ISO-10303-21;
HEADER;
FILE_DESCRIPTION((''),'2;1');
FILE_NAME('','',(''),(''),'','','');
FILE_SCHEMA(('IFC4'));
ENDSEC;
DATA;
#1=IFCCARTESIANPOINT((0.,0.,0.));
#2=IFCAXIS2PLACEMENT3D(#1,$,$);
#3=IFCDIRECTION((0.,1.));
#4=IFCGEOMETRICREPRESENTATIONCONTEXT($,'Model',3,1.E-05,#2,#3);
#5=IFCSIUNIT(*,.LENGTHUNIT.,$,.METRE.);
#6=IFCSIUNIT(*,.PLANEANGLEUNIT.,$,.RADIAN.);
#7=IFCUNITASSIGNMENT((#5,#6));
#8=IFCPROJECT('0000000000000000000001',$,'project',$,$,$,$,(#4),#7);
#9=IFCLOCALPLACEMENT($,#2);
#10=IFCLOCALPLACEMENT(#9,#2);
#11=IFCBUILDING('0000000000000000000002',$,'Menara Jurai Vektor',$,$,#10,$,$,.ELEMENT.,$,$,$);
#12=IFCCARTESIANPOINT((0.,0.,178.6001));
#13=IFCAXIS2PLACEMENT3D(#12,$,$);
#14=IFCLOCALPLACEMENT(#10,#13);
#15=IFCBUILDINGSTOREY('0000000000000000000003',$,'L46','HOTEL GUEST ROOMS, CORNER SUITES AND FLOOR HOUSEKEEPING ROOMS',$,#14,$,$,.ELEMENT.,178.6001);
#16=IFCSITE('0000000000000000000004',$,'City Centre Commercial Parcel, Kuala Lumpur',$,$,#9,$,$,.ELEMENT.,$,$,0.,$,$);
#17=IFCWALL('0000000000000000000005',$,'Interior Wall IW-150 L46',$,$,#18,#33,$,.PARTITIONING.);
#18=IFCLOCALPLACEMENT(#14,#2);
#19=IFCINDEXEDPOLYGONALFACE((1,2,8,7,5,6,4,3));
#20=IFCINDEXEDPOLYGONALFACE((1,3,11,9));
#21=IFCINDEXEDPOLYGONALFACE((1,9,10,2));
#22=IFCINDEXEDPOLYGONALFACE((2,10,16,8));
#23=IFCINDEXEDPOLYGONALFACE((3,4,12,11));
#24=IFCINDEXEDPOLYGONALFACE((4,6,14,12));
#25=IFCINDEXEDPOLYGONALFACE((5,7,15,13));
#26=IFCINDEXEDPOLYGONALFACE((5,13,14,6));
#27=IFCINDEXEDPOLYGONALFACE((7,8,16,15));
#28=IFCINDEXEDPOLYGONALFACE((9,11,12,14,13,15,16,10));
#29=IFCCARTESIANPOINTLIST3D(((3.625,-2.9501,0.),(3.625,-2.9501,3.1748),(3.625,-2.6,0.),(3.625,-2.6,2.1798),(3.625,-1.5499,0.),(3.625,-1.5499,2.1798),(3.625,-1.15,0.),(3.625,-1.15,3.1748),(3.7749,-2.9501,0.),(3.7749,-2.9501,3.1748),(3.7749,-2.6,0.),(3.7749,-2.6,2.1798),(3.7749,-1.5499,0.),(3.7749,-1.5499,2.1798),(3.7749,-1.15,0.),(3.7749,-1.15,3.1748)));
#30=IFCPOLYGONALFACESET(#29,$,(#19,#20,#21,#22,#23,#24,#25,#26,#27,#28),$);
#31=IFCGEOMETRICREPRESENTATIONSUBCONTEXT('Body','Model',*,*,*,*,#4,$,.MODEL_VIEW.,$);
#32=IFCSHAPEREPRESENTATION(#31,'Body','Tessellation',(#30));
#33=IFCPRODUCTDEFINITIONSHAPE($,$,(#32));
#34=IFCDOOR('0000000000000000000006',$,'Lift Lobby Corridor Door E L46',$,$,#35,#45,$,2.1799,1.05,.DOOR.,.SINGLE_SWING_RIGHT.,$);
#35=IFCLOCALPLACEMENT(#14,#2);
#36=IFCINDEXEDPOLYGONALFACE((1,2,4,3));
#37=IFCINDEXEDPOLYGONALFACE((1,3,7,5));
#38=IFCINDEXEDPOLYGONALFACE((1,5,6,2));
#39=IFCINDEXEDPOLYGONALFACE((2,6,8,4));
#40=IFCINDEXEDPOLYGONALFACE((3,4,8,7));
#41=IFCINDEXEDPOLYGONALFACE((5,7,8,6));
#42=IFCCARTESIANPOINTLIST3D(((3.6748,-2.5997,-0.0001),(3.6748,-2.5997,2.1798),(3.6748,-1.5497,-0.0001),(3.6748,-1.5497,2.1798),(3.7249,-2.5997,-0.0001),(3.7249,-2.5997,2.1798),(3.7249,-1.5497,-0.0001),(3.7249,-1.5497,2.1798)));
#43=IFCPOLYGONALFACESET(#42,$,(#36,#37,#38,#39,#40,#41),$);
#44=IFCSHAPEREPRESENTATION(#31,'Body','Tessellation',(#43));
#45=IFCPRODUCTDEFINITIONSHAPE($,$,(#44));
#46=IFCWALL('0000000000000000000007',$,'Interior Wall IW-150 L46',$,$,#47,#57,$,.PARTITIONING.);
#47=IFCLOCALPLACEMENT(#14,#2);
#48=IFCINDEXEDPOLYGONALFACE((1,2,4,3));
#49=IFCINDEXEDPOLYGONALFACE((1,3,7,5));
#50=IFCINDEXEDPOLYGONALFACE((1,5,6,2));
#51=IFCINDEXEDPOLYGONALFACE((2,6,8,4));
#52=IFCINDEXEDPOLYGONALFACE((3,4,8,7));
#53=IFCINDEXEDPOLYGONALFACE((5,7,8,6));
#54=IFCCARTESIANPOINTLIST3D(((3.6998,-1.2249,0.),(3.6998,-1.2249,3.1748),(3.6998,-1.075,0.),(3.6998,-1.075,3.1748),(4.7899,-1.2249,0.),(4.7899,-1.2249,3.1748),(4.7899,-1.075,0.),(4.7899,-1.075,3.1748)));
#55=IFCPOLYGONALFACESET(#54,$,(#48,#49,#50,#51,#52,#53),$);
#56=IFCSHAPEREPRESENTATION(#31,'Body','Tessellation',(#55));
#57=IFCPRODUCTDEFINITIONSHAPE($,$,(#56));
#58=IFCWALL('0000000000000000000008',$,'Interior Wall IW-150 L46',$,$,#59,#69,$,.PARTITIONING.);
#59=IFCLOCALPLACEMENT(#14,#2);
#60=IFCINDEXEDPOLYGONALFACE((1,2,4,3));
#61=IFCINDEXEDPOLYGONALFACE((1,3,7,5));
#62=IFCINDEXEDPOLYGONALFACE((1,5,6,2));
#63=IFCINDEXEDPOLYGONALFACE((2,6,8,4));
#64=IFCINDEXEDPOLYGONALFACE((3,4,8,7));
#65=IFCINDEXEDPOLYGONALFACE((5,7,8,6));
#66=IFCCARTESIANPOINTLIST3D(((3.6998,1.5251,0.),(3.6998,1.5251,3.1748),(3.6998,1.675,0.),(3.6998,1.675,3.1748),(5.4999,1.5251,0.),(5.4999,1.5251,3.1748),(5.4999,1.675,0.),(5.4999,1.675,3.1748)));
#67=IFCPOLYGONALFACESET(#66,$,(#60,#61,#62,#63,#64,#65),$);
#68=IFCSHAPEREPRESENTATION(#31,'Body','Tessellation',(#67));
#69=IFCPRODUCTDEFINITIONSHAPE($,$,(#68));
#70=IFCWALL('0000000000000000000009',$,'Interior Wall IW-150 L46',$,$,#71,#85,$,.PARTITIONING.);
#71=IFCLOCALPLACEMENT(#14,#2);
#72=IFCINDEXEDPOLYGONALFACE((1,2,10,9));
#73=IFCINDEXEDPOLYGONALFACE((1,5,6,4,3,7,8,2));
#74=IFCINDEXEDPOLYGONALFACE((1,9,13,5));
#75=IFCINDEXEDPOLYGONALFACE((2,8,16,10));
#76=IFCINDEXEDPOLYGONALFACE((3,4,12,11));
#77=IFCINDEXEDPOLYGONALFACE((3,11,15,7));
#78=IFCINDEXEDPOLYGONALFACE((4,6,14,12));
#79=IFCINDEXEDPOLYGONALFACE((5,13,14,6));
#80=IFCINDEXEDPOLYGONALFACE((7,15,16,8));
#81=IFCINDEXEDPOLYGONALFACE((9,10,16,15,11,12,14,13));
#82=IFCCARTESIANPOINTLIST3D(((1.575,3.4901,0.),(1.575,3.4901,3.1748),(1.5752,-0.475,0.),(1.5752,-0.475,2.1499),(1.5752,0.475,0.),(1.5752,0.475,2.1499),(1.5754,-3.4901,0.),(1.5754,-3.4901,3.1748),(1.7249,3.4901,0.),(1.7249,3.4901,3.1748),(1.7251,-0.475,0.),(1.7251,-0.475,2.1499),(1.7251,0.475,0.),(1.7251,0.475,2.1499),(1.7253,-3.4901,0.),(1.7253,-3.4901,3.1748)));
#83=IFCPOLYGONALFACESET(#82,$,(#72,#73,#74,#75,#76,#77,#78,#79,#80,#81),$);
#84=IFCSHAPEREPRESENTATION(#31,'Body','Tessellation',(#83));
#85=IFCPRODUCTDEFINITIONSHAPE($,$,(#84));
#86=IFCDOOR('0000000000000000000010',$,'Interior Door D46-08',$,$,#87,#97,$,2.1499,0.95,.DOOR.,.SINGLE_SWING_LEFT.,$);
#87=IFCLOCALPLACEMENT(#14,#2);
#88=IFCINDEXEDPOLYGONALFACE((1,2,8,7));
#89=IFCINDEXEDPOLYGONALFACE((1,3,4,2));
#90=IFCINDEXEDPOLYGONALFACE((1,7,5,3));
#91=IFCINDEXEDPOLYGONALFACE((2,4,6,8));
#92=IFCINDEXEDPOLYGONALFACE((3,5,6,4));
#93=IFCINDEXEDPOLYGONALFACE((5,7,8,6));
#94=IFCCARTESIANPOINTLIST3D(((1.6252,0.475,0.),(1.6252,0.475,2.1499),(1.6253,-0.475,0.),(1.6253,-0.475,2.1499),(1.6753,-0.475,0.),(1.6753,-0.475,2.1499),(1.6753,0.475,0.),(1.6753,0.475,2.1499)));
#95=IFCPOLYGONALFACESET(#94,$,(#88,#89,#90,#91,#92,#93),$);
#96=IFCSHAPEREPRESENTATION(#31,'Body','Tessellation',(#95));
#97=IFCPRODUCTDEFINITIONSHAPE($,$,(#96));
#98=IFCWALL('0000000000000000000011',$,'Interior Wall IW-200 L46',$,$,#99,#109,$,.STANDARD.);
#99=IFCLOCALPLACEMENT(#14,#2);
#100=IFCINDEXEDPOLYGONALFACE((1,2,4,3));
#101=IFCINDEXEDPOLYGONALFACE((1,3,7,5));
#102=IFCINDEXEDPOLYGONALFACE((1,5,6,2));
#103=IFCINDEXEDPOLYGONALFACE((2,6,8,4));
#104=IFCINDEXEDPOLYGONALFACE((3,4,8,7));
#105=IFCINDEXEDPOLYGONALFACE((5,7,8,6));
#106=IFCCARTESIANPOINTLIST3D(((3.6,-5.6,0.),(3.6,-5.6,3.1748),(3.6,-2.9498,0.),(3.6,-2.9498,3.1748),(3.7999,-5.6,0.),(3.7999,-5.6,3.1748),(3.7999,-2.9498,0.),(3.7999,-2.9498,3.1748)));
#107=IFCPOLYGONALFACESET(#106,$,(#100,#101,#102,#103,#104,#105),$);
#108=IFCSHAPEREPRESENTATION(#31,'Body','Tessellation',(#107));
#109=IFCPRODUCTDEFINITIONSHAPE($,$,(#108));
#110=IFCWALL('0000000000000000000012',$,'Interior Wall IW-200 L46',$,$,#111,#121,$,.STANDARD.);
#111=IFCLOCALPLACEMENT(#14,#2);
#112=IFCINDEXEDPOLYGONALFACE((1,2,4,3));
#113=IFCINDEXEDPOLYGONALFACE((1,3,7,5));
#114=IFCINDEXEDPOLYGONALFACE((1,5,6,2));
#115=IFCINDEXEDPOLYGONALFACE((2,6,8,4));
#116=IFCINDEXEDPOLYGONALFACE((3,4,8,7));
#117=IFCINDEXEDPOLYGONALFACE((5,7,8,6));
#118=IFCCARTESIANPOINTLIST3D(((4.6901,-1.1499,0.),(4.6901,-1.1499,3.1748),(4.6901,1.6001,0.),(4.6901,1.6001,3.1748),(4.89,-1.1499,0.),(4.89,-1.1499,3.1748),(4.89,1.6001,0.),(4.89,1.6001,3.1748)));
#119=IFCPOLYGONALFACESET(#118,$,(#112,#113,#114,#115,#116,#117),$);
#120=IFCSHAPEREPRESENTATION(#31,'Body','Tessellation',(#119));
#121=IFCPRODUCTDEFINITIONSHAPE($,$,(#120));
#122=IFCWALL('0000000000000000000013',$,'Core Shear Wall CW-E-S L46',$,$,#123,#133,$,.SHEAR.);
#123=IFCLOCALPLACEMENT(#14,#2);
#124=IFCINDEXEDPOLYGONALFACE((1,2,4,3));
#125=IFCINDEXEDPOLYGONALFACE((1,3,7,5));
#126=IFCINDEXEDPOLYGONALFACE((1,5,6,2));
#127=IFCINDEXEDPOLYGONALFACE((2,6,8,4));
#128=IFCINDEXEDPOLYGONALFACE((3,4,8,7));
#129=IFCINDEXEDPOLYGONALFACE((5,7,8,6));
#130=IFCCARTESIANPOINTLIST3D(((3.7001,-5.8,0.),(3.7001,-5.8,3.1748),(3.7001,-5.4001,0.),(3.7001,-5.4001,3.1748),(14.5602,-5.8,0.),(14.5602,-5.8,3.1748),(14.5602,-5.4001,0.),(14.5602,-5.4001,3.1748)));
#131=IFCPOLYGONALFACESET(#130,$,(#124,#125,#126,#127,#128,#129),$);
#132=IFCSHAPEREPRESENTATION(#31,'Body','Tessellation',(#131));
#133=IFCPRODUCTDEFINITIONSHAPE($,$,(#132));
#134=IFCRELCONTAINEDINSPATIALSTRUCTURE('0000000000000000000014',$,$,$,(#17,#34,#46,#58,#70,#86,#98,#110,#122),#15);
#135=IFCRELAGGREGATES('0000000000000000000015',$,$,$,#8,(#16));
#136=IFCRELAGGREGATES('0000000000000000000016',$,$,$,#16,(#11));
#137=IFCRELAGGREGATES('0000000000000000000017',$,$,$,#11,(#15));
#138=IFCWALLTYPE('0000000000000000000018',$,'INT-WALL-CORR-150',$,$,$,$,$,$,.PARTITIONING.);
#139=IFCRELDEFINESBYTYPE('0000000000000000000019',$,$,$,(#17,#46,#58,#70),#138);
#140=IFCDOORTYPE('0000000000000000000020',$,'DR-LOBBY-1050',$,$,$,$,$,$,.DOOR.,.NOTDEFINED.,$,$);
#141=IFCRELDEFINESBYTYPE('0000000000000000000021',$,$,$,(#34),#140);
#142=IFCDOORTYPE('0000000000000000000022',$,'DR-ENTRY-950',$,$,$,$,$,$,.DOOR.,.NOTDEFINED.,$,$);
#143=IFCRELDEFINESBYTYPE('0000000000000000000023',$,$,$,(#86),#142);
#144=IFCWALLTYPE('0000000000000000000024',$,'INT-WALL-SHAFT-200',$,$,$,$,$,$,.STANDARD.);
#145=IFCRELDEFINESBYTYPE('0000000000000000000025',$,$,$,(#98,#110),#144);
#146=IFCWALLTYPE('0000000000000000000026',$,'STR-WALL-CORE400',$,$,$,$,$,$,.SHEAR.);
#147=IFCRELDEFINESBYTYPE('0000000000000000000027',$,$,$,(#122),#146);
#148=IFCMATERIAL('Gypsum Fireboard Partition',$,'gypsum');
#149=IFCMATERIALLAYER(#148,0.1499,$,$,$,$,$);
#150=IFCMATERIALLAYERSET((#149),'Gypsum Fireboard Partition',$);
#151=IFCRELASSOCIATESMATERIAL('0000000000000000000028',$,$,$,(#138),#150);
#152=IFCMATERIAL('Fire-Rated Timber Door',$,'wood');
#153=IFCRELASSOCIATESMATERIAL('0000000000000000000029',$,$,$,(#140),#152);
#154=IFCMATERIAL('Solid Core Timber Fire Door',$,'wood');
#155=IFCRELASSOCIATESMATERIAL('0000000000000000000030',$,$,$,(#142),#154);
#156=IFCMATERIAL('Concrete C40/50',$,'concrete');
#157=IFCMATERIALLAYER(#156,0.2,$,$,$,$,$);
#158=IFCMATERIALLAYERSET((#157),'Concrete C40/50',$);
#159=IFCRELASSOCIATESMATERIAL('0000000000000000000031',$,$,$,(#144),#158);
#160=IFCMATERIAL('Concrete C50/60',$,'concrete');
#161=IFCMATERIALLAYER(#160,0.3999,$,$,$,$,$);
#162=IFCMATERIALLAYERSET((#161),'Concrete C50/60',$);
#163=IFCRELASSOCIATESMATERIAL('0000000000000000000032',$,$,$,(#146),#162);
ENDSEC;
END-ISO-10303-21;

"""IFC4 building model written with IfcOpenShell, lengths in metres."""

from ifc_helpers import new_model, si_unit, direction, frame, frame_2d, origin, place, context, subcontext, project, spatial, rectangle, extrude, material, layer, layer_set, type_object, element, fill, save


model = new_model("IFC4")

# Units and contexts
model_context = context("Model", 3, precision=1e-05, world=origin(), true_north=direction((0.0, 1.0)))
body_context = subcontext(model_context, "Body", "Model", "MODEL_VIEW")
ifc_project = project(units=[si_unit("LENGTHUNIT", "METRE"), si_unit("PLANEANGLEUNIT", "RADIAN")], contexts=[model_context])

# Site, building, storey
site_placement = place(None, origin())
site = spatial("IfcSite", under=ifc_project, at=site_placement, Name="City Centre Commercial Parcel, Kuala Lumpur", CompositionType="ELEMENT", RefElevation=0.0)
building_placement = place(site_placement, origin())
building = spatial("IfcBuilding", under=site, at=building_placement, Name="Menara Jurai Vektor", CompositionType="ELEMENT")
storey_placement = place(building_placement, frame((0.0, 0.0, 178.6001)))
storey = spatial("IfcBuildingStorey", under=building, at=storey_placement, Name="L46", Description="HOTEL GUEST ROOMS, CORNER SUITES AND FLOOR HOUSEKEEPING ROOMS", CompositionType="ELEMENT", Elevation=178.6001)

# Shared definitions
ifc_material_1 = material(Name="Concrete C50/60", Category="concrete")

# Shared definitions
ifc_material_2 = material(Name="Concrete C40/50", Category="concrete")

# Wall, opening, door
ifc_material_3 = material(Name="Gypsum Fireboard Partition", Category="gypsum")
ifc_layer_1 = layer(ifc_material_3, 0.1499)
ifc_layer_set_1 = layer_set([ifc_layer_1], Name="Gypsum Fireboard Partition")
wall_type_1 = type_object("IfcWallType", Name="INT-WALL-CORR-150", PredefinedType="PARTITIONING", material=ifc_layer_set_1)
wall_1_placement = place(storey_placement, frame((3.7, -2.95, 0.0), z_axis=(0.0, 0.0, 1.0), x_axis=(0.0, 1.0, 0.0)))
wall_1 = element("IfcWall", 1, at=wall_1_placement, inside=storey, type_object=wall_type_1, Name="Interior Wall IW-150 L46", PredefinedType="PARTITIONING", context=body_context, shape_type="SweptSolid", body=[
    extrude(rectangle(XDim=1.8, YDim=0.1499, at=frame_2d((0.8999, 0.0))), origin(), (0.0, 0.0, 1.0), 3.1748),
])
opening_1_placement = place(wall_1_placement, frame((0.3501, 0.0, 0.0)))
opening_1 = element("IfcOpeningElement", 2, at=opening_1_placement, cuts=wall_1, PredefinedType="OPENING", context=body_context, shape_type="SweptSolid", body=[
    extrude(rectangle(XDim=1.05, YDim=2.1799, at=frame_2d((0.5249, 1.0898))), frame((0.0, 0.085, 0.0), z_axis=(0.0, -1.0, 0.0), x_axis=(1.0, 0.0, 0.0)), (0.0, 0.0, 1.0), 0.1699),
])
ifc_material_4 = material(Name="Fire-Rated Timber Door", Category="wood")
door_type_1 = type_object("IfcDoorType", Name="DR-LOBBY-1050", OperationType="NOTDEFINED", PredefinedType="DOOR", material=ifc_material_4)
door_1_placement = place(opening_1_placement, frame((1.05, 0.0, 0.0), z_axis=(0.0, 0.0, 1.0), x_axis=(-1.0, 0.0, 0.0)))
door_1 = element("IfcDoor", 3, at=door_1_placement, inside=storey, type_object=door_type_1, Name="Lift Lobby Corridor Door E L46", OperationType="SINGLE_SWING_RIGHT", OverallHeight=2.1799, OverallWidth=1.05, PredefinedType="DOOR", context=body_context, shape_type="SweptSolid", body=[
    extrude(rectangle(XDim=1.05, YDim=2.1799, at=frame_2d((0.5249, 1.0898))), frame((0.0, 0.0249, 0.0), z_axis=(0.0, -1.0, 0.0), x_axis=(1.0, 0.0, 0.0)), (0.0, 0.0, 1.0), 0.05),
])
fill(opening_1, door_1)

# Walls
wall_2_placement = place(storey_placement, frame((3.7, -1.1499, 0.0), z_axis=(0.0, 0.0, 1.0), x_axis=(1.0, 0.0, 0.0)))
element("IfcWall", 4, at=wall_2_placement, inside=storey, type_object=wall_type_1, Name="Interior Wall IW-150 L46", PredefinedType="PARTITIONING", context=body_context, shape_type="SweptSolid", body=[
    extrude(rectangle(XDim=1.0901, YDim=0.1499, at=frame_2d((0.5449, 0.0))), origin(), (0.0, 0.0, 1.0), 3.1748),
])
wall_3_placement = place(storey_placement, frame((3.7, 1.6001, 0.0), z_axis=(0.0, 0.0, 1.0), x_axis=(1.0, 0.0, 0.0)))
element("IfcWall", 5, at=wall_3_placement, inside=storey, type_object=wall_type_1, Name="Interior Wall IW-150 L46", PredefinedType="PARTITIONING", context=body_context, shape_type="SweptSolid", body=[
    extrude(rectangle(XDim=1.8, YDim=0.1499, at=frame_2d((0.8999, 0.0))), origin(), (0.0, 0.0, 1.0), 3.1748),
])

# Wall, opening, door
wall_4_placement = place(storey_placement, frame((1.6504, -3.4902, 0.0), z_axis=(0.0, 0.0, 1.0), x_axis=(-0.00007, 1.0, 0.0)))
wall_4 = element("IfcWall", 6, at=wall_4_placement, inside=storey, type_object=wall_type_1, Name="Interior Wall IW-150 L46", PredefinedType="PARTITIONING", context=body_context, shape_type="SweptSolid", body=[
    extrude(rectangle(XDim=6.9802, YDim=0.1499, at=frame_2d((3.4902, 0.0))), origin(), (0.0, 0.0, 1.0), 3.1748),
])
opening_2_placement = place(wall_4_placement, frame((3.0151, 0.0, 0.0)))
opening_2 = element("IfcOpeningElement", 7, at=opening_2_placement, cuts=wall_4, PredefinedType="OPENING", context=body_context, shape_type="SweptSolid", body=[
    extrude(rectangle(XDim=0.95, YDim=2.1499, at=frame_2d((0.4751, 1.075))), frame((0.0, 0.085, 0.0), z_axis=(0.0, -1.0, 0.0), x_axis=(1.0, 0.0, 0.0)), (0.0, 0.0, 1.0), 0.1699),
])
ifc_material_5 = material(Name="Solid Core Timber Fire Door", Category="wood")
door_type_2 = type_object("IfcDoorType", Name="DR-ENTRY-950", OperationType="NOTDEFINED", PredefinedType="DOOR", material=ifc_material_5)
door_2_placement = place(opening_2_placement, origin())
door_2 = element("IfcDoor", 8, at=door_2_placement, inside=storey, type_object=door_type_2, Name="Interior Door D46-08", OperationType="SINGLE_SWING_LEFT", OverallHeight=2.1499, OverallWidth=0.95, PredefinedType="DOOR", context=body_context, shape_type="SweptSolid", body=[
    extrude(rectangle(XDim=0.95, YDim=2.1499, at=frame_2d((0.4751, 1.075))), frame((0.0, 0.0249, 0.0), z_axis=(0.0, -1.0, 0.0), x_axis=(1.0, 0.0, 0.0)), (0.0, 0.0, 1.0), 0.05),
])
fill(opening_2, door_2)

# Shared definitions
ifc_layer_2 = layer(ifc_material_2, 0.2)
ifc_layer_set_2 = layer_set([ifc_layer_2], Name="Concrete C40/50")
wall_type_2 = type_object("IfcWallType", Name="INT-WALL-SHAFT-200", PredefinedType="STANDARD", material=ifc_layer_set_2)

# Walls
wall_5_placement = place(storey_placement, frame((3.7, -5.6001, 0.0), z_axis=(0.0, 0.0, 1.0), x_axis=(0.0, 1.0, 0.0)))
element("IfcWall", 9, at=wall_5_placement, inside=storey, type_object=wall_type_2, Name="Interior Wall IW-200 L46", PredefinedType="STANDARD", context=body_context, shape_type="SweptSolid", body=[
    extrude(rectangle(XDim=2.6501, YDim=0.2, at=frame_2d((1.3252, 0.0))), origin(), (0.0, 0.0, 1.0), 3.1748),
])
wall_6_placement = place(storey_placement, frame((4.79, -1.1499, 0.0), z_axis=(0.0, 0.0, 1.0), x_axis=(0.0, 1.0, 0.0)))
element("IfcWall", 10, at=wall_6_placement, inside=storey, type_object=wall_type_2, Name="Interior Wall IW-200 L46", PredefinedType="STANDARD", context=body_context, shape_type="SweptSolid", body=[
    extrude(rectangle(XDim=2.75, YDim=0.2, at=frame_2d((1.375, 0.0))), origin(), (0.0, 0.0, 1.0), 3.1748),
])

# Wall
ifc_layer_3 = layer(ifc_material_1, 0.3999)
ifc_layer_set_3 = layer_set([ifc_layer_3], Name="Concrete C50/60")
wall_type_3 = type_object("IfcWallType", Name="STR-WALL-CORE400", PredefinedType="SHEAR", material=ifc_layer_set_3)
wall_7_placement = place(storey_placement, frame((3.7, -5.6001, 0.0), z_axis=(0.0, 0.0, 1.0), x_axis=(1.0, 0.0, 0.0)))
element("IfcWall", 11, at=wall_7_placement, inside=storey, type_object=wall_type_3, Name="Core Shear Wall CW-E-S L46", PredefinedType="SHEAR", context=body_context, shape_type="SweptSolid", body=[
    extrude(rectangle(XDim=10.8601, YDim=0.3999, at=frame_2d((5.4302, 0.0))), origin(), (0.0, 0.0, 1.0), 3.1748),
])

save(model, "model.ifc")
